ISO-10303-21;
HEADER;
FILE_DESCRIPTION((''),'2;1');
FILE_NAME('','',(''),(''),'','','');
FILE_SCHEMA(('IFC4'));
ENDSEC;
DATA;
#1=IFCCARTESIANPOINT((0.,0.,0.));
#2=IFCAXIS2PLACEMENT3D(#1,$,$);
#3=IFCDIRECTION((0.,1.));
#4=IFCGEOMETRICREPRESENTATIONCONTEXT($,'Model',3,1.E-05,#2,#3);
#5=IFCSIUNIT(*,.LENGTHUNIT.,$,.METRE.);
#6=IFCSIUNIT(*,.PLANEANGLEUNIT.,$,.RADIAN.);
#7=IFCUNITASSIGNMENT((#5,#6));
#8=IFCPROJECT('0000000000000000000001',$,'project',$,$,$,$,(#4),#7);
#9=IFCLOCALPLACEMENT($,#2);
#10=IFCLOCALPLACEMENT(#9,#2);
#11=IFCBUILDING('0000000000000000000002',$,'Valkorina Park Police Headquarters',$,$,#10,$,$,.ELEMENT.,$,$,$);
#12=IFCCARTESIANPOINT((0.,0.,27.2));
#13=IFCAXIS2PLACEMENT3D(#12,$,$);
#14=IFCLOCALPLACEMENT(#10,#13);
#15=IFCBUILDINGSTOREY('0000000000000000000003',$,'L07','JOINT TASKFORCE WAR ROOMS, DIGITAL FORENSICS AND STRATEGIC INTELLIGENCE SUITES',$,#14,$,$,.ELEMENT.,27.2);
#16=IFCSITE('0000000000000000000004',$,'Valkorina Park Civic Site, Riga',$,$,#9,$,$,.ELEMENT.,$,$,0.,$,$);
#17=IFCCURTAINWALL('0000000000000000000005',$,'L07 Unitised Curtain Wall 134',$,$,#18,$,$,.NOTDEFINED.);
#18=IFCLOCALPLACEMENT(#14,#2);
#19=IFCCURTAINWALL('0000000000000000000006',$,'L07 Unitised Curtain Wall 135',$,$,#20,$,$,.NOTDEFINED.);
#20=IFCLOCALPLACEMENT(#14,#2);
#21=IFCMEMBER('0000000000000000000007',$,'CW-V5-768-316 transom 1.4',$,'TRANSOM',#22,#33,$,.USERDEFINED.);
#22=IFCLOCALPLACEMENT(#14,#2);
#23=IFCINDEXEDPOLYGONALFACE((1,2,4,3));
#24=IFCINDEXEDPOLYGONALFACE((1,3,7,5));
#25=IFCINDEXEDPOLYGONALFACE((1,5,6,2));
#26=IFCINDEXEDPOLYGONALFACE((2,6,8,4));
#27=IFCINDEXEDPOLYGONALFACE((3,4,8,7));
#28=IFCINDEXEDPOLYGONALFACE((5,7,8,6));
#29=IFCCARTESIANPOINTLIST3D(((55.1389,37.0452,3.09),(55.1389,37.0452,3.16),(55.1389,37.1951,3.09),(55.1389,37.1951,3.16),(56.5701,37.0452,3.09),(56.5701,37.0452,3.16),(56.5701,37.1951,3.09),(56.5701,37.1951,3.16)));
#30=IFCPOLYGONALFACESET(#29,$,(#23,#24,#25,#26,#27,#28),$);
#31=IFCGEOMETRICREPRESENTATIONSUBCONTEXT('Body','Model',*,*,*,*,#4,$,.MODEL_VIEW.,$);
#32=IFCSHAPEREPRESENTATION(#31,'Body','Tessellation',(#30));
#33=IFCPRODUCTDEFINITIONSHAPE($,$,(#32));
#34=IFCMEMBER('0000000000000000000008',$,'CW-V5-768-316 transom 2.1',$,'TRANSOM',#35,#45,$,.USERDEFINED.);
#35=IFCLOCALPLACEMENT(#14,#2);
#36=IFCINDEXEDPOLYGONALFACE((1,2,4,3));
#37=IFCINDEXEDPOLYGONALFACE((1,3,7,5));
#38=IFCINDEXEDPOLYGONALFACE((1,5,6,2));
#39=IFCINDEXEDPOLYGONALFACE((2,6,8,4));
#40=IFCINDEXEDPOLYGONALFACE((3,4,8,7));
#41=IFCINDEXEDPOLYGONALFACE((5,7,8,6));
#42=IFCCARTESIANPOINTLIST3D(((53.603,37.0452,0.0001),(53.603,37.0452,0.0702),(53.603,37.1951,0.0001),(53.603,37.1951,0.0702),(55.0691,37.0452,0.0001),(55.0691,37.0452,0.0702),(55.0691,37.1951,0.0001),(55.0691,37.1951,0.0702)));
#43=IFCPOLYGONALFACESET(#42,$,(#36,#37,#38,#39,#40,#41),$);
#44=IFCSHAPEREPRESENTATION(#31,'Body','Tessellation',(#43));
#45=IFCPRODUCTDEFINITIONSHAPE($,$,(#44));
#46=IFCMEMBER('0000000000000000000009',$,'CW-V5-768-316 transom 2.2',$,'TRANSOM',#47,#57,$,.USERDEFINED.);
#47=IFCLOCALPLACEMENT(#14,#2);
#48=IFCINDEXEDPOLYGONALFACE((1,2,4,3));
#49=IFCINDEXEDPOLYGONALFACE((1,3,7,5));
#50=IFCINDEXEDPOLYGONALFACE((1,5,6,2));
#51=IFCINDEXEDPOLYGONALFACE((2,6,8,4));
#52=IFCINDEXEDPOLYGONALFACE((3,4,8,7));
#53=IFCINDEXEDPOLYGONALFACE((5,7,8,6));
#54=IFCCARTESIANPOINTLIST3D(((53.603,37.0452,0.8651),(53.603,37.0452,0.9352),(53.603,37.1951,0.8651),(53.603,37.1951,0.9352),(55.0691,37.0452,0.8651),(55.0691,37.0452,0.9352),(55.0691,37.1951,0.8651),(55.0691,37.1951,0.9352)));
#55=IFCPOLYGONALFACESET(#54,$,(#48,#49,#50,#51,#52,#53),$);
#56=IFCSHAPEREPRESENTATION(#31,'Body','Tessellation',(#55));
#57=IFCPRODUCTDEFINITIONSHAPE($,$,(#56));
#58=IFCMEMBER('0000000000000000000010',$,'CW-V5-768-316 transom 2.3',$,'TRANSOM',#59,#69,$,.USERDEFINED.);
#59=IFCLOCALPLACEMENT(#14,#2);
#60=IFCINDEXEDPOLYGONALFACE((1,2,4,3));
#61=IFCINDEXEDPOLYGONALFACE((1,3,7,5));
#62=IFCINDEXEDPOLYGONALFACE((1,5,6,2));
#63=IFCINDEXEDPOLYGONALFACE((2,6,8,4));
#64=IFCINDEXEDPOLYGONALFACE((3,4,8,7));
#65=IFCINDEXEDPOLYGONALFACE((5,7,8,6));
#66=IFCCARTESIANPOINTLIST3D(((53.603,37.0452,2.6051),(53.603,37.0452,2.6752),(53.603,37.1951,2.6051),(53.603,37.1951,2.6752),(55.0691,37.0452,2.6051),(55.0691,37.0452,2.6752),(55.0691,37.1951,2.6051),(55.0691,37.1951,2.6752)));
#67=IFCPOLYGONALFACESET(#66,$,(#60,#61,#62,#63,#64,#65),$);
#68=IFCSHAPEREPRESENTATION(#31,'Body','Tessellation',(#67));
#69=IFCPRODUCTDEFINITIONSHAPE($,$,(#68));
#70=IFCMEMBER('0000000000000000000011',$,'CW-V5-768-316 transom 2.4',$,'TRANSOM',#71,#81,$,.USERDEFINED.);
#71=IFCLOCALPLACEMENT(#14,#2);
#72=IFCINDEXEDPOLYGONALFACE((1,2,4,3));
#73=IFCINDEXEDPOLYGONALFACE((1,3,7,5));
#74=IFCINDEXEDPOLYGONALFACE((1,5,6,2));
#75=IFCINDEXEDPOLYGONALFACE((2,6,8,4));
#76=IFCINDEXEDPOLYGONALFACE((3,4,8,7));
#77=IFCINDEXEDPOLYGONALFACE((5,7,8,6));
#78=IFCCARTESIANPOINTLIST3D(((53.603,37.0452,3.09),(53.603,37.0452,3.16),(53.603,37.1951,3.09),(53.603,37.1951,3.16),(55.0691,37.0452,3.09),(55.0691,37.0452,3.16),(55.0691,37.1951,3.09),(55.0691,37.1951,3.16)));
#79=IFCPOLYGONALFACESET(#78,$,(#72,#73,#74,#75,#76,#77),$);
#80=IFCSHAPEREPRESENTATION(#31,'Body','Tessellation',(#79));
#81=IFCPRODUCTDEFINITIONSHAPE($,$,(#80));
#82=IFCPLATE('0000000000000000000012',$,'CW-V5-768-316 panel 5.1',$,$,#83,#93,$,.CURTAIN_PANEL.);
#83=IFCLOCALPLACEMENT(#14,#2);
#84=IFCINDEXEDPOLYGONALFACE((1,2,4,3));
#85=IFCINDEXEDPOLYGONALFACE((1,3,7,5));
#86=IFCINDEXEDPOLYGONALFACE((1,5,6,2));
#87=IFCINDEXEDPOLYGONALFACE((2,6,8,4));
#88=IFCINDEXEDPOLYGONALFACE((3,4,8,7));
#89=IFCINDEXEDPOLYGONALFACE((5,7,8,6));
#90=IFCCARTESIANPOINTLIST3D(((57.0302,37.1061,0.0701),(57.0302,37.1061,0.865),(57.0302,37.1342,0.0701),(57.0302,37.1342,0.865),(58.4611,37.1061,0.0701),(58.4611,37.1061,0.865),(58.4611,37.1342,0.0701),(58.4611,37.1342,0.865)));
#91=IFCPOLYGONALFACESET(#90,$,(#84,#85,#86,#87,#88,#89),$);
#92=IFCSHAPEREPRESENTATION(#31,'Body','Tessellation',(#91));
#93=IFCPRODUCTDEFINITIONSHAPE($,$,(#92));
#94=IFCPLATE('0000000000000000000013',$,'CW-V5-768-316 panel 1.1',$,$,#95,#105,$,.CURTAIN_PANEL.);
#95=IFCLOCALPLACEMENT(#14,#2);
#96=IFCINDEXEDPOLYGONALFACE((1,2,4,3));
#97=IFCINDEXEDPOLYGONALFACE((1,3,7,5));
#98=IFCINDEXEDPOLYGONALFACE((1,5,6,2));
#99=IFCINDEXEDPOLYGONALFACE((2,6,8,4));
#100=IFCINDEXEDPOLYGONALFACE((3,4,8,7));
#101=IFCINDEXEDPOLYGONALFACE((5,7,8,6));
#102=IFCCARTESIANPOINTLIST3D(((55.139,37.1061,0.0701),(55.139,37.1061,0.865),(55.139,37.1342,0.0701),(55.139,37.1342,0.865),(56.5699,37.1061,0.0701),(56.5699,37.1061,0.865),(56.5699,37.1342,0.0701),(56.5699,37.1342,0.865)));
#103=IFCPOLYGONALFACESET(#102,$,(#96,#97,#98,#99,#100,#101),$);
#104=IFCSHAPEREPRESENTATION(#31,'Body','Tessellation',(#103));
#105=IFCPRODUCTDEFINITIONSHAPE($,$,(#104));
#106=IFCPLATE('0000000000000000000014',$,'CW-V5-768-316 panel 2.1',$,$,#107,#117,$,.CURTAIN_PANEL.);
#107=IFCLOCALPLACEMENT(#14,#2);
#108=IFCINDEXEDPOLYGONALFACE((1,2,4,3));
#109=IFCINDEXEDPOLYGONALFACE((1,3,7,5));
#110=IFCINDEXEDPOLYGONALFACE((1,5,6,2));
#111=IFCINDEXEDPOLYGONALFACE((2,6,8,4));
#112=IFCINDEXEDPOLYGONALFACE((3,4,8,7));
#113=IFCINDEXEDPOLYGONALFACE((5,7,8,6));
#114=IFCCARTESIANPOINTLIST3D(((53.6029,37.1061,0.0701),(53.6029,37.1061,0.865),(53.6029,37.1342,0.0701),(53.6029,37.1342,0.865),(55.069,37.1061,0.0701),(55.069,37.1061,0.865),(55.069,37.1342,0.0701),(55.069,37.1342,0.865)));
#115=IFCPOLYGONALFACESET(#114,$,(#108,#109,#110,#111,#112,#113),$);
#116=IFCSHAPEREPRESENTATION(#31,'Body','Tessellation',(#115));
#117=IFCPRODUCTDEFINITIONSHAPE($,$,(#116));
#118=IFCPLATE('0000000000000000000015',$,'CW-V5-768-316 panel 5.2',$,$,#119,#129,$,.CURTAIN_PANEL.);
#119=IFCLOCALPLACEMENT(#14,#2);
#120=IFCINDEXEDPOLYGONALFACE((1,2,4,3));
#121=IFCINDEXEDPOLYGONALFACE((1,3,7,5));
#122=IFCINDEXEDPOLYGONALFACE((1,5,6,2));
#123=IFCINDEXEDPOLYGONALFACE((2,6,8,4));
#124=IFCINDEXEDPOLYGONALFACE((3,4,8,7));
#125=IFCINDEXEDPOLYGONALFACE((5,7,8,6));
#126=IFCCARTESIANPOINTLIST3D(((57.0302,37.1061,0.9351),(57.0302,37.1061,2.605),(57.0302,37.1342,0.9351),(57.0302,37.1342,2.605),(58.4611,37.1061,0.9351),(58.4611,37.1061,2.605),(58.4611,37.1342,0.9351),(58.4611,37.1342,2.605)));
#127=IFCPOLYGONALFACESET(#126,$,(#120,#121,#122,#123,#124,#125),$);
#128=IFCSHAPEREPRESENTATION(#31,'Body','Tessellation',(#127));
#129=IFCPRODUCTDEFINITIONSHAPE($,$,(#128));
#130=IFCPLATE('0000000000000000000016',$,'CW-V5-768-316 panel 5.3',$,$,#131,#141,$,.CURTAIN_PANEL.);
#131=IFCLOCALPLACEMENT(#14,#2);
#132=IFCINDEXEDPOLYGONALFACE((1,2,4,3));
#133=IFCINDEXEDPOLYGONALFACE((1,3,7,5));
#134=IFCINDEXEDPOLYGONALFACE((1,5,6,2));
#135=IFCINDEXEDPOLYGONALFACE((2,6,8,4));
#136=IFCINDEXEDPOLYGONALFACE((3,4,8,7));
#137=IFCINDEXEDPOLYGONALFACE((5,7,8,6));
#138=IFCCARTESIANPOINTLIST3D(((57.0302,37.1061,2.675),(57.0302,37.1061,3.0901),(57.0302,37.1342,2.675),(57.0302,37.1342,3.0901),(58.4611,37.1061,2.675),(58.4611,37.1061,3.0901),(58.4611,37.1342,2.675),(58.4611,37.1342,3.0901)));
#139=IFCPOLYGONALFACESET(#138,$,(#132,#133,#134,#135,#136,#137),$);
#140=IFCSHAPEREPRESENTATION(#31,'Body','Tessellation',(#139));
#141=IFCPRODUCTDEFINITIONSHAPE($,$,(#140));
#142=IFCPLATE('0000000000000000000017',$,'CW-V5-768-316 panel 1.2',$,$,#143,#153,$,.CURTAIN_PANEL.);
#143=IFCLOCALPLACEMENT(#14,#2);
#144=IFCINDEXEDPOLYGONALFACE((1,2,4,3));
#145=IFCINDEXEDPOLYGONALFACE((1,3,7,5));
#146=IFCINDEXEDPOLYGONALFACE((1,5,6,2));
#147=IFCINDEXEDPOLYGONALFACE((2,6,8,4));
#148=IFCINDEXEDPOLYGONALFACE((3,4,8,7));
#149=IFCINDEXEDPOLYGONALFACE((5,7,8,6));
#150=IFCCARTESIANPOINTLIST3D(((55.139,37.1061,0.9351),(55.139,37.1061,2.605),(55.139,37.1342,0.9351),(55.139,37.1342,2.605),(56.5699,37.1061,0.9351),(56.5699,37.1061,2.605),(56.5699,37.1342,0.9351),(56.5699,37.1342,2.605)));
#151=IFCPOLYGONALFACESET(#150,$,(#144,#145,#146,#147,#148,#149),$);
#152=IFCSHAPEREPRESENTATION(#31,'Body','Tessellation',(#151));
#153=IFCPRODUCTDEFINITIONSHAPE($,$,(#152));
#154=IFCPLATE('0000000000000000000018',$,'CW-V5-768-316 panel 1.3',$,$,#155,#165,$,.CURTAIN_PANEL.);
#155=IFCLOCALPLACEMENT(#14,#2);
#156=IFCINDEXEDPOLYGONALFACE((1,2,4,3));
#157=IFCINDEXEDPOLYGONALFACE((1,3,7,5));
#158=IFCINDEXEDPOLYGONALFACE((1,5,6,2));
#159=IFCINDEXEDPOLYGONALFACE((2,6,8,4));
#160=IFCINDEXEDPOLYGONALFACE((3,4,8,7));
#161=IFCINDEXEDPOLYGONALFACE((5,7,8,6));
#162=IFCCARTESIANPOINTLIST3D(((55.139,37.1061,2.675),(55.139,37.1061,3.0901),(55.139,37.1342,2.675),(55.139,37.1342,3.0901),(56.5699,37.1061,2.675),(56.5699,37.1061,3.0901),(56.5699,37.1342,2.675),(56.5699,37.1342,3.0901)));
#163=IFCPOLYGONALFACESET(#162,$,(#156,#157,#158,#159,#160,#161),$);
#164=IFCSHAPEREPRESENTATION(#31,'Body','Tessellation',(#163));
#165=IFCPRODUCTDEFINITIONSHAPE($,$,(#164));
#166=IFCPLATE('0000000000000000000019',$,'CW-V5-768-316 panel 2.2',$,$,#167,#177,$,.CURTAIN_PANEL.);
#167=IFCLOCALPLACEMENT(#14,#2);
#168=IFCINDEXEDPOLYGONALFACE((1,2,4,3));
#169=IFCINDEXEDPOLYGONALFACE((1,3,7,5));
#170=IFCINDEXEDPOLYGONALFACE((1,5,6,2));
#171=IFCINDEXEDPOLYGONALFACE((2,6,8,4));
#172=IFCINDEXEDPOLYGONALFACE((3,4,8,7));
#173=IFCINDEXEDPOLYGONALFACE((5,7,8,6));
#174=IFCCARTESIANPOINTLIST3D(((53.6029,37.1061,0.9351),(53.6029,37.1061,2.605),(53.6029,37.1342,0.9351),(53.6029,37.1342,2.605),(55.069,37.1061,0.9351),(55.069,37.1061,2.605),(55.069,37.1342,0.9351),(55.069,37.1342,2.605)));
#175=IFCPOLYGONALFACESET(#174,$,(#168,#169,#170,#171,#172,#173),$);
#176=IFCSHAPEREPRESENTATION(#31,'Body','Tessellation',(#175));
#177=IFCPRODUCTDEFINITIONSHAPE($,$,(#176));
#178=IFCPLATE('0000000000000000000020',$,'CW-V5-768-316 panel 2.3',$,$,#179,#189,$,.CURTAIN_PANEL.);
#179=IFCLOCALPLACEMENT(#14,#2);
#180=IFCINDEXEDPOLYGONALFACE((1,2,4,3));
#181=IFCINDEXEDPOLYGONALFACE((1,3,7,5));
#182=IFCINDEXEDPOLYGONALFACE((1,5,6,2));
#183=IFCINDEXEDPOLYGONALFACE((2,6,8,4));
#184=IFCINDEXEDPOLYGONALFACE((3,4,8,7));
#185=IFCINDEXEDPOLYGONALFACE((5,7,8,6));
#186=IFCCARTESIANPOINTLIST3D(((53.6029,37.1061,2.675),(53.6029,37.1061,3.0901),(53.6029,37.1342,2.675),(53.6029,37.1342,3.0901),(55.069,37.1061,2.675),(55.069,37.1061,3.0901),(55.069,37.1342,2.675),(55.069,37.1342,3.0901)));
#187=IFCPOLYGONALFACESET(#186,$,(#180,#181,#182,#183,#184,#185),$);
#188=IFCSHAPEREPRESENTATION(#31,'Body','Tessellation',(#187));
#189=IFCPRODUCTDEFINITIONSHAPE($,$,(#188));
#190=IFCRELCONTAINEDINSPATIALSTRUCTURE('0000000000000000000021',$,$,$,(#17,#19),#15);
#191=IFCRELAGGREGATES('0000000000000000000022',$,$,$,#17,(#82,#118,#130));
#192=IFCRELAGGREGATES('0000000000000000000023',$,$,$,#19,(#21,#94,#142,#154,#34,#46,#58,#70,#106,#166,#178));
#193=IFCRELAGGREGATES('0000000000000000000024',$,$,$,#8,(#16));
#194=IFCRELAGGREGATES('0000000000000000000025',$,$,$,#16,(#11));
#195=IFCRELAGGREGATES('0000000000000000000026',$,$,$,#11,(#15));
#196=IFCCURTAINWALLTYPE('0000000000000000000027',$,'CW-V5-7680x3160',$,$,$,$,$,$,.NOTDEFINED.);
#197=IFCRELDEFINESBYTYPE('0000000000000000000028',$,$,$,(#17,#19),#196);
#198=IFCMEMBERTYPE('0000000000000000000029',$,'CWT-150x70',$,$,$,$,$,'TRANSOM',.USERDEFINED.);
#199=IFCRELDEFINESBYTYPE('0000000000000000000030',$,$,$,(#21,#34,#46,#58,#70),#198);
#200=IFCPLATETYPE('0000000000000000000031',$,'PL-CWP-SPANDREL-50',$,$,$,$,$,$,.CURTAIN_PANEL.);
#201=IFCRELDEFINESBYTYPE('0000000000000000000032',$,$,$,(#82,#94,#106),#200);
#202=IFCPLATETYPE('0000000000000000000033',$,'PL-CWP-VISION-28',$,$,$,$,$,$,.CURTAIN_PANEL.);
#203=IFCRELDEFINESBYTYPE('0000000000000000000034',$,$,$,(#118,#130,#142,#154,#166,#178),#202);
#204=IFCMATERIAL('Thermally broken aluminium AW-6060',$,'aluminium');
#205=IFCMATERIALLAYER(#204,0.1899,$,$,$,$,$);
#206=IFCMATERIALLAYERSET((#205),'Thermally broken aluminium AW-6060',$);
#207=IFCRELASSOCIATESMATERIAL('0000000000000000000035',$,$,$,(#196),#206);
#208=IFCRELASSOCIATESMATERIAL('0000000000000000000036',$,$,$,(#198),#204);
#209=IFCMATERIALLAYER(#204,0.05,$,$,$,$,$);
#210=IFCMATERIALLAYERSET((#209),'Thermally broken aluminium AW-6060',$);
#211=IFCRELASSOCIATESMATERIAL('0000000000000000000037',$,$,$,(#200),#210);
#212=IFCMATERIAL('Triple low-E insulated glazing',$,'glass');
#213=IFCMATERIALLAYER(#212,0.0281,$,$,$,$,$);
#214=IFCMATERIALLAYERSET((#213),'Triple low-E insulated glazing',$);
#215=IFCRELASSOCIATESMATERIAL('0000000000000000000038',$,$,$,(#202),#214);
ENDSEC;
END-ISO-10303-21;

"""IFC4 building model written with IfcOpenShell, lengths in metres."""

from ifc_helpers import new_model, si_unit, direction, frame, origin, origin_2d, place, context, subcontext, project, spatial, rectangle, extrude, material, layer, layer_set, material_profile, profile_set, type_object, element, aggregate, save


model = new_model("IFC4")

# Units and contexts
model_context = context("Model", 3, precision=1e-05, world=origin(), true_north=direction((0.0, 1.0)))
body_context = subcontext(model_context, "Body", "Model", "MODEL_VIEW")
ifc_project = project(units=[si_unit("LENGTHUNIT", "METRE"), si_unit("PLANEANGLEUNIT", "RADIAN")], contexts=[model_context])

# Site, building, storey
site_placement = place(None, origin())
site = spatial("IfcSite", under=ifc_project, at=site_placement, Name="Valkorina Park Civic Site, Riga", CompositionType="ELEMENT", RefElevation=0.0)
building_placement = place(site_placement, origin())
building = spatial("IfcBuilding", under=site, at=building_placement, Name="Valkorina Park Police Headquarters", CompositionType="ELEMENT")
storey_placement = place(building_placement, frame((0.0, 0.0, 27.2)))
storey = spatial("IfcBuildingStorey", under=building, at=storey_placement, Name="L07", Description="JOINT TASKFORCE WAR ROOMS, DIGITAL FORENSICS AND STRATEGIC INTELLIGENCE SUITES", CompositionType="ELEMENT", Elevation=27.2)

# Curtain wall
ifc_material_1 = material(Name="Thermally broken aluminium AW-6060", Category="aluminium")
ifc_layer_1 = layer(ifc_material_1, 0.1899)
ifc_layer_set_1 = layer_set([ifc_layer_1], Name="Thermally broken aluminium AW-6060")
curtain_wall_type = type_object("IfcCurtainWallType", Name="CW-V5-7680x3160", PredefinedType="NOTDEFINED", material=ifc_layer_set_1)
curtain_wall_1_placement = place(storey_placement, origin())
curtain_wall_1 = element("IfcCurtainWall", 1, at=curtain_wall_1_placement, inside=storey, type_object=curtain_wall_type, Name="L07 Unitised Curtain Wall 134", PredefinedType="NOTDEFINED")

# Curtain wall, members
curtain_wall_2_placement = place(storey_placement, origin())
curtain_wall_2 = element("IfcCurtainWall", 2, at=curtain_wall_2_placement, inside=storey, type_object=curtain_wall_type, Name="L07 Unitised Curtain Wall 135", PredefinedType="NOTDEFINED")
ifc_material_profile_1 = material_profile(ifc_material_1, rectangle(XDim=0.1499, YDim=0.0701, at=origin_2d()), Name="CWT-02 150x70")
ifc_profile_set_1 = profile_set([ifc_material_profile_1], Name="Thermally broken aluminium AW-6060")
member_type_1 = type_object("IfcMemberType", Name="CWT-150x70", ElementType="TRANSOM", PredefinedType="USERDEFINED", material=ifc_profile_set_1)
member_1_placement = place(storey_placement, frame((56.5701, 37.1201, 3.125), z_axis=(-1.0, 0.0, 0.0), x_axis=(0.0, -1.0, 0.0)))
member_1 = element("IfcMember", 3, at=member_1_placement, type_object=member_type_1, Name="CW-V5-768-316 transom 1.4", ObjectType="TRANSOM", PredefinedType="USERDEFINED", context=body_context, shape_type="SweptSolid", body=[
    extrude(rectangle(XDim=0.1499, YDim=0.0701, at=origin_2d()), origin(), (0.0, 0.0, 1.0), 1.4312),
])
member_2_placement = place(storey_placement, frame((55.0691, 37.1201, 0.0352), z_axis=(-1.0, 0.0, 0.0), x_axis=(0.0, -1.0, 0.0)))
member_2 = element("IfcMember", 4, at=member_2_placement, type_object=member_type_1, Name="CW-V5-768-316 transom 2.1", ObjectType="TRANSOM", PredefinedType="USERDEFINED", context=body_context, shape_type="SweptSolid", body=[
    extrude(rectangle(XDim=0.1499, YDim=0.0701, at=origin_2d()), origin(), (0.0, 0.0, 1.0), 1.4661),
])
member_3_placement = place(storey_placement, frame((55.0691, 37.1201, 0.9001), z_axis=(-1.0, 0.0, 0.0), x_axis=(0.0, -1.0, 0.0)))
member_3 = element("IfcMember", 5, at=member_3_placement, type_object=member_type_1, Name="CW-V5-768-316 transom 2.2", ObjectType="TRANSOM", PredefinedType="USERDEFINED", context=body_context, shape_type="SweptSolid", body=[
    extrude(rectangle(XDim=0.1499, YDim=0.0701, at=origin_2d()), origin(), (0.0, 0.0, 1.0), 1.4661),
])
member_4_placement = place(storey_placement, frame((55.0691, 37.1201, 2.6401), z_axis=(-1.0, 0.0, 0.0), x_axis=(0.0, -1.0, 0.0)))
member_4 = element("IfcMember", 6, at=member_4_placement, type_object=member_type_1, Name="CW-V5-768-316 transom 2.3", ObjectType="TRANSOM", PredefinedType="USERDEFINED", context=body_context, shape_type="SweptSolid", body=[
    extrude(rectangle(XDim=0.1499, YDim=0.0701, at=origin_2d()), origin(), (0.0, 0.0, 1.0), 1.4661),
])
member_5_placement = place(storey_placement, frame((55.0691, 37.1201, 3.125), z_axis=(-1.0, 0.0, 0.0), x_axis=(0.0, -1.0, 0.0)))
member_5 = element("IfcMember", 7, at=member_5_placement, type_object=member_type_1, Name="CW-V5-768-316 transom 2.4", ObjectType="TRANSOM", PredefinedType="USERDEFINED", context=body_context, shape_type="SweptSolid", body=[
    extrude(rectangle(XDim=0.1499, YDim=0.0701, at=origin_2d()), origin(), (0.0, 0.0, 1.0), 1.4661),
])

# Plates
ifc_layer_2 = layer(ifc_material_1, 0.05)
ifc_layer_set_2 = layer_set([ifc_layer_2], Name="Thermally broken aluminium AW-6060")
plate_type_1 = type_object("IfcPlateType", Name="PL-CWP-SPANDREL-50", PredefinedType="CURTAIN_PANEL", material=ifc_layer_set_2)
plate_1_placement = place(storey_placement, frame((57.7456, 37.1201, 0.0701), z_axis=(0.0, 0.0, 1.0), x_axis=(-1.0, 0.0, 0.0)))
plate_1 = element("IfcPlate", 8, at=plate_1_placement, type_object=plate_type_1, Name="CW-V5-768-316 panel 5.1", PredefinedType="CURTAIN_PANEL", context=body_context, shape_type="SweptSolid", body=[
    extrude(rectangle(XDim=1.4309, YDim=0.0281, at=origin_2d()), origin(), (0.0, 0.0, 1.0), 0.7949),
])
plate_2_placement = place(storey_placement, frame((55.8545, 37.1201, 0.0701), z_axis=(0.0, 0.0, 1.0), x_axis=(-1.0, 0.0, 0.0)))
plate_2 = element("IfcPlate", 9, at=plate_2_placement, type_object=plate_type_1, Name="CW-V5-768-316 panel 1.1", PredefinedType="CURTAIN_PANEL", context=body_context, shape_type="SweptSolid", body=[
    extrude(rectangle(XDim=1.4309, YDim=0.0281, at=origin_2d()), origin(), (0.0, 0.0, 1.0), 0.7949),
])
plate_3_placement = place(storey_placement, frame((54.3359, 37.1201, 0.0701), z_axis=(0.0, 0.0, 1.0), x_axis=(-1.0, 0.0, 0.0)))
plate_3 = element("IfcPlate", 10, at=plate_3_placement, type_object=plate_type_1, Name="CW-V5-768-316 panel 2.1", PredefinedType="CURTAIN_PANEL", context=body_context, shape_type="SweptSolid", body=[
    extrude(rectangle(XDim=1.4661, YDim=0.0281, at=origin_2d()), origin(), (0.0, 0.0, 1.0), 0.7949),
])
ifc_material_2 = material(Name="Triple low-E insulated glazing", Category="glass")
ifc_layer_3 = layer(ifc_material_2, 0.0281)
ifc_layer_set_3 = layer_set([ifc_layer_3], Name="Triple low-E insulated glazing")
plate_type_2 = type_object("IfcPlateType", Name="PL-CWP-VISION-28", PredefinedType="CURTAIN_PANEL", material=ifc_layer_set_3)
plate_4_placement = place(storey_placement, frame((57.7456, 37.1201, 0.9351), z_axis=(0.0, 0.0, 1.0), x_axis=(-1.0, 0.0, 0.0)))
plate_4 = element("IfcPlate", 11, at=plate_4_placement, type_object=plate_type_2, Name="CW-V5-768-316 panel 5.2", PredefinedType="CURTAIN_PANEL", context=body_context, shape_type="SweptSolid", body=[
    extrude(rectangle(XDim=1.4309, YDim=0.0281, at=origin_2d()), origin(), (0.0, 0.0, 1.0), 1.6699),
])
plate_5_placement = place(storey_placement, frame((57.7456, 37.1201, 2.675), z_axis=(0.0, 0.0, 1.0), x_axis=(-1.0, 0.0, 0.0)))
plate_5 = element("IfcPlate", 12, at=plate_5_placement, type_object=plate_type_2, Name="CW-V5-768-316 panel 5.3", PredefinedType="CURTAIN_PANEL", context=body_context, shape_type="SweptSolid", body=[
    extrude(rectangle(XDim=1.4309, YDim=0.0281, at=origin_2d()), origin(), (0.0, 0.0, 1.0), 0.415),
])
aggregate(curtain_wall_1, [plate_1, plate_4, plate_5])
plate_6_placement = place(storey_placement, frame((55.8545, 37.1201, 0.9351), z_axis=(0.0, 0.0, 1.0), x_axis=(-1.0, 0.0, 0.0)))
plate_6 = element("IfcPlate", 13, at=plate_6_placement, type_object=plate_type_2, Name="CW-V5-768-316 panel 1.2", PredefinedType="CURTAIN_PANEL", context=body_context, shape_type="SweptSolid", body=[
    extrude(rectangle(XDim=1.4309, YDim=0.0281, at=origin_2d()), origin(), (0.0, 0.0, 1.0), 1.6699),
])
plate_7_placement = place(storey_placement, frame((55.8545, 37.1201, 2.675), z_axis=(0.0, 0.0, 1.0), x_axis=(-1.0, 0.0, 0.0)))
plate_7 = element("IfcPlate", 14, at=plate_7_placement, type_object=plate_type_2, Name="CW-V5-768-316 panel 1.3", PredefinedType="CURTAIN_PANEL", context=body_context, shape_type="SweptSolid", body=[
    extrude(rectangle(XDim=1.4309, YDim=0.0281, at=origin_2d()), origin(), (0.0, 0.0, 1.0), 0.415),
])
plate_8_placement = place(storey_placement, frame((54.3359, 37.1201, 0.9351), z_axis=(0.0, 0.0, 1.0), x_axis=(-1.0, 0.0, 0.0)))
plate_8 = element("IfcPlate", 15, at=plate_8_placement, type_object=plate_type_2, Name="CW-V5-768-316 panel 2.2", PredefinedType="CURTAIN_PANEL", context=body_context, shape_type="SweptSolid", body=[
    extrude(rectangle(XDim=1.4661, YDim=0.0281, at=origin_2d()), origin(), (0.0, 0.0, 1.0), 1.6699),
])
plate_9_placement = place(storey_placement, frame((54.3359, 37.1201, 2.675), z_axis=(0.0, 0.0, 1.0), x_axis=(-1.0, 0.0, 0.0)))
plate_9 = element("IfcPlate", 16, at=plate_9_placement, type_object=plate_type_2, Name="CW-V5-768-316 panel 2.3", PredefinedType="CURTAIN_PANEL", context=body_context, shape_type="SweptSolid", body=[
    extrude(rectangle(XDim=1.4661, YDim=0.0281, at=origin_2d()), origin(), (0.0, 0.0, 1.0), 0.415),
])
aggregate(curtain_wall_2, [member_1, plate_2, plate_6, plate_7, member_2, member_3, member_4, member_5, plate_3, plate_8, plate_9])

save(model, "model.ifc")
